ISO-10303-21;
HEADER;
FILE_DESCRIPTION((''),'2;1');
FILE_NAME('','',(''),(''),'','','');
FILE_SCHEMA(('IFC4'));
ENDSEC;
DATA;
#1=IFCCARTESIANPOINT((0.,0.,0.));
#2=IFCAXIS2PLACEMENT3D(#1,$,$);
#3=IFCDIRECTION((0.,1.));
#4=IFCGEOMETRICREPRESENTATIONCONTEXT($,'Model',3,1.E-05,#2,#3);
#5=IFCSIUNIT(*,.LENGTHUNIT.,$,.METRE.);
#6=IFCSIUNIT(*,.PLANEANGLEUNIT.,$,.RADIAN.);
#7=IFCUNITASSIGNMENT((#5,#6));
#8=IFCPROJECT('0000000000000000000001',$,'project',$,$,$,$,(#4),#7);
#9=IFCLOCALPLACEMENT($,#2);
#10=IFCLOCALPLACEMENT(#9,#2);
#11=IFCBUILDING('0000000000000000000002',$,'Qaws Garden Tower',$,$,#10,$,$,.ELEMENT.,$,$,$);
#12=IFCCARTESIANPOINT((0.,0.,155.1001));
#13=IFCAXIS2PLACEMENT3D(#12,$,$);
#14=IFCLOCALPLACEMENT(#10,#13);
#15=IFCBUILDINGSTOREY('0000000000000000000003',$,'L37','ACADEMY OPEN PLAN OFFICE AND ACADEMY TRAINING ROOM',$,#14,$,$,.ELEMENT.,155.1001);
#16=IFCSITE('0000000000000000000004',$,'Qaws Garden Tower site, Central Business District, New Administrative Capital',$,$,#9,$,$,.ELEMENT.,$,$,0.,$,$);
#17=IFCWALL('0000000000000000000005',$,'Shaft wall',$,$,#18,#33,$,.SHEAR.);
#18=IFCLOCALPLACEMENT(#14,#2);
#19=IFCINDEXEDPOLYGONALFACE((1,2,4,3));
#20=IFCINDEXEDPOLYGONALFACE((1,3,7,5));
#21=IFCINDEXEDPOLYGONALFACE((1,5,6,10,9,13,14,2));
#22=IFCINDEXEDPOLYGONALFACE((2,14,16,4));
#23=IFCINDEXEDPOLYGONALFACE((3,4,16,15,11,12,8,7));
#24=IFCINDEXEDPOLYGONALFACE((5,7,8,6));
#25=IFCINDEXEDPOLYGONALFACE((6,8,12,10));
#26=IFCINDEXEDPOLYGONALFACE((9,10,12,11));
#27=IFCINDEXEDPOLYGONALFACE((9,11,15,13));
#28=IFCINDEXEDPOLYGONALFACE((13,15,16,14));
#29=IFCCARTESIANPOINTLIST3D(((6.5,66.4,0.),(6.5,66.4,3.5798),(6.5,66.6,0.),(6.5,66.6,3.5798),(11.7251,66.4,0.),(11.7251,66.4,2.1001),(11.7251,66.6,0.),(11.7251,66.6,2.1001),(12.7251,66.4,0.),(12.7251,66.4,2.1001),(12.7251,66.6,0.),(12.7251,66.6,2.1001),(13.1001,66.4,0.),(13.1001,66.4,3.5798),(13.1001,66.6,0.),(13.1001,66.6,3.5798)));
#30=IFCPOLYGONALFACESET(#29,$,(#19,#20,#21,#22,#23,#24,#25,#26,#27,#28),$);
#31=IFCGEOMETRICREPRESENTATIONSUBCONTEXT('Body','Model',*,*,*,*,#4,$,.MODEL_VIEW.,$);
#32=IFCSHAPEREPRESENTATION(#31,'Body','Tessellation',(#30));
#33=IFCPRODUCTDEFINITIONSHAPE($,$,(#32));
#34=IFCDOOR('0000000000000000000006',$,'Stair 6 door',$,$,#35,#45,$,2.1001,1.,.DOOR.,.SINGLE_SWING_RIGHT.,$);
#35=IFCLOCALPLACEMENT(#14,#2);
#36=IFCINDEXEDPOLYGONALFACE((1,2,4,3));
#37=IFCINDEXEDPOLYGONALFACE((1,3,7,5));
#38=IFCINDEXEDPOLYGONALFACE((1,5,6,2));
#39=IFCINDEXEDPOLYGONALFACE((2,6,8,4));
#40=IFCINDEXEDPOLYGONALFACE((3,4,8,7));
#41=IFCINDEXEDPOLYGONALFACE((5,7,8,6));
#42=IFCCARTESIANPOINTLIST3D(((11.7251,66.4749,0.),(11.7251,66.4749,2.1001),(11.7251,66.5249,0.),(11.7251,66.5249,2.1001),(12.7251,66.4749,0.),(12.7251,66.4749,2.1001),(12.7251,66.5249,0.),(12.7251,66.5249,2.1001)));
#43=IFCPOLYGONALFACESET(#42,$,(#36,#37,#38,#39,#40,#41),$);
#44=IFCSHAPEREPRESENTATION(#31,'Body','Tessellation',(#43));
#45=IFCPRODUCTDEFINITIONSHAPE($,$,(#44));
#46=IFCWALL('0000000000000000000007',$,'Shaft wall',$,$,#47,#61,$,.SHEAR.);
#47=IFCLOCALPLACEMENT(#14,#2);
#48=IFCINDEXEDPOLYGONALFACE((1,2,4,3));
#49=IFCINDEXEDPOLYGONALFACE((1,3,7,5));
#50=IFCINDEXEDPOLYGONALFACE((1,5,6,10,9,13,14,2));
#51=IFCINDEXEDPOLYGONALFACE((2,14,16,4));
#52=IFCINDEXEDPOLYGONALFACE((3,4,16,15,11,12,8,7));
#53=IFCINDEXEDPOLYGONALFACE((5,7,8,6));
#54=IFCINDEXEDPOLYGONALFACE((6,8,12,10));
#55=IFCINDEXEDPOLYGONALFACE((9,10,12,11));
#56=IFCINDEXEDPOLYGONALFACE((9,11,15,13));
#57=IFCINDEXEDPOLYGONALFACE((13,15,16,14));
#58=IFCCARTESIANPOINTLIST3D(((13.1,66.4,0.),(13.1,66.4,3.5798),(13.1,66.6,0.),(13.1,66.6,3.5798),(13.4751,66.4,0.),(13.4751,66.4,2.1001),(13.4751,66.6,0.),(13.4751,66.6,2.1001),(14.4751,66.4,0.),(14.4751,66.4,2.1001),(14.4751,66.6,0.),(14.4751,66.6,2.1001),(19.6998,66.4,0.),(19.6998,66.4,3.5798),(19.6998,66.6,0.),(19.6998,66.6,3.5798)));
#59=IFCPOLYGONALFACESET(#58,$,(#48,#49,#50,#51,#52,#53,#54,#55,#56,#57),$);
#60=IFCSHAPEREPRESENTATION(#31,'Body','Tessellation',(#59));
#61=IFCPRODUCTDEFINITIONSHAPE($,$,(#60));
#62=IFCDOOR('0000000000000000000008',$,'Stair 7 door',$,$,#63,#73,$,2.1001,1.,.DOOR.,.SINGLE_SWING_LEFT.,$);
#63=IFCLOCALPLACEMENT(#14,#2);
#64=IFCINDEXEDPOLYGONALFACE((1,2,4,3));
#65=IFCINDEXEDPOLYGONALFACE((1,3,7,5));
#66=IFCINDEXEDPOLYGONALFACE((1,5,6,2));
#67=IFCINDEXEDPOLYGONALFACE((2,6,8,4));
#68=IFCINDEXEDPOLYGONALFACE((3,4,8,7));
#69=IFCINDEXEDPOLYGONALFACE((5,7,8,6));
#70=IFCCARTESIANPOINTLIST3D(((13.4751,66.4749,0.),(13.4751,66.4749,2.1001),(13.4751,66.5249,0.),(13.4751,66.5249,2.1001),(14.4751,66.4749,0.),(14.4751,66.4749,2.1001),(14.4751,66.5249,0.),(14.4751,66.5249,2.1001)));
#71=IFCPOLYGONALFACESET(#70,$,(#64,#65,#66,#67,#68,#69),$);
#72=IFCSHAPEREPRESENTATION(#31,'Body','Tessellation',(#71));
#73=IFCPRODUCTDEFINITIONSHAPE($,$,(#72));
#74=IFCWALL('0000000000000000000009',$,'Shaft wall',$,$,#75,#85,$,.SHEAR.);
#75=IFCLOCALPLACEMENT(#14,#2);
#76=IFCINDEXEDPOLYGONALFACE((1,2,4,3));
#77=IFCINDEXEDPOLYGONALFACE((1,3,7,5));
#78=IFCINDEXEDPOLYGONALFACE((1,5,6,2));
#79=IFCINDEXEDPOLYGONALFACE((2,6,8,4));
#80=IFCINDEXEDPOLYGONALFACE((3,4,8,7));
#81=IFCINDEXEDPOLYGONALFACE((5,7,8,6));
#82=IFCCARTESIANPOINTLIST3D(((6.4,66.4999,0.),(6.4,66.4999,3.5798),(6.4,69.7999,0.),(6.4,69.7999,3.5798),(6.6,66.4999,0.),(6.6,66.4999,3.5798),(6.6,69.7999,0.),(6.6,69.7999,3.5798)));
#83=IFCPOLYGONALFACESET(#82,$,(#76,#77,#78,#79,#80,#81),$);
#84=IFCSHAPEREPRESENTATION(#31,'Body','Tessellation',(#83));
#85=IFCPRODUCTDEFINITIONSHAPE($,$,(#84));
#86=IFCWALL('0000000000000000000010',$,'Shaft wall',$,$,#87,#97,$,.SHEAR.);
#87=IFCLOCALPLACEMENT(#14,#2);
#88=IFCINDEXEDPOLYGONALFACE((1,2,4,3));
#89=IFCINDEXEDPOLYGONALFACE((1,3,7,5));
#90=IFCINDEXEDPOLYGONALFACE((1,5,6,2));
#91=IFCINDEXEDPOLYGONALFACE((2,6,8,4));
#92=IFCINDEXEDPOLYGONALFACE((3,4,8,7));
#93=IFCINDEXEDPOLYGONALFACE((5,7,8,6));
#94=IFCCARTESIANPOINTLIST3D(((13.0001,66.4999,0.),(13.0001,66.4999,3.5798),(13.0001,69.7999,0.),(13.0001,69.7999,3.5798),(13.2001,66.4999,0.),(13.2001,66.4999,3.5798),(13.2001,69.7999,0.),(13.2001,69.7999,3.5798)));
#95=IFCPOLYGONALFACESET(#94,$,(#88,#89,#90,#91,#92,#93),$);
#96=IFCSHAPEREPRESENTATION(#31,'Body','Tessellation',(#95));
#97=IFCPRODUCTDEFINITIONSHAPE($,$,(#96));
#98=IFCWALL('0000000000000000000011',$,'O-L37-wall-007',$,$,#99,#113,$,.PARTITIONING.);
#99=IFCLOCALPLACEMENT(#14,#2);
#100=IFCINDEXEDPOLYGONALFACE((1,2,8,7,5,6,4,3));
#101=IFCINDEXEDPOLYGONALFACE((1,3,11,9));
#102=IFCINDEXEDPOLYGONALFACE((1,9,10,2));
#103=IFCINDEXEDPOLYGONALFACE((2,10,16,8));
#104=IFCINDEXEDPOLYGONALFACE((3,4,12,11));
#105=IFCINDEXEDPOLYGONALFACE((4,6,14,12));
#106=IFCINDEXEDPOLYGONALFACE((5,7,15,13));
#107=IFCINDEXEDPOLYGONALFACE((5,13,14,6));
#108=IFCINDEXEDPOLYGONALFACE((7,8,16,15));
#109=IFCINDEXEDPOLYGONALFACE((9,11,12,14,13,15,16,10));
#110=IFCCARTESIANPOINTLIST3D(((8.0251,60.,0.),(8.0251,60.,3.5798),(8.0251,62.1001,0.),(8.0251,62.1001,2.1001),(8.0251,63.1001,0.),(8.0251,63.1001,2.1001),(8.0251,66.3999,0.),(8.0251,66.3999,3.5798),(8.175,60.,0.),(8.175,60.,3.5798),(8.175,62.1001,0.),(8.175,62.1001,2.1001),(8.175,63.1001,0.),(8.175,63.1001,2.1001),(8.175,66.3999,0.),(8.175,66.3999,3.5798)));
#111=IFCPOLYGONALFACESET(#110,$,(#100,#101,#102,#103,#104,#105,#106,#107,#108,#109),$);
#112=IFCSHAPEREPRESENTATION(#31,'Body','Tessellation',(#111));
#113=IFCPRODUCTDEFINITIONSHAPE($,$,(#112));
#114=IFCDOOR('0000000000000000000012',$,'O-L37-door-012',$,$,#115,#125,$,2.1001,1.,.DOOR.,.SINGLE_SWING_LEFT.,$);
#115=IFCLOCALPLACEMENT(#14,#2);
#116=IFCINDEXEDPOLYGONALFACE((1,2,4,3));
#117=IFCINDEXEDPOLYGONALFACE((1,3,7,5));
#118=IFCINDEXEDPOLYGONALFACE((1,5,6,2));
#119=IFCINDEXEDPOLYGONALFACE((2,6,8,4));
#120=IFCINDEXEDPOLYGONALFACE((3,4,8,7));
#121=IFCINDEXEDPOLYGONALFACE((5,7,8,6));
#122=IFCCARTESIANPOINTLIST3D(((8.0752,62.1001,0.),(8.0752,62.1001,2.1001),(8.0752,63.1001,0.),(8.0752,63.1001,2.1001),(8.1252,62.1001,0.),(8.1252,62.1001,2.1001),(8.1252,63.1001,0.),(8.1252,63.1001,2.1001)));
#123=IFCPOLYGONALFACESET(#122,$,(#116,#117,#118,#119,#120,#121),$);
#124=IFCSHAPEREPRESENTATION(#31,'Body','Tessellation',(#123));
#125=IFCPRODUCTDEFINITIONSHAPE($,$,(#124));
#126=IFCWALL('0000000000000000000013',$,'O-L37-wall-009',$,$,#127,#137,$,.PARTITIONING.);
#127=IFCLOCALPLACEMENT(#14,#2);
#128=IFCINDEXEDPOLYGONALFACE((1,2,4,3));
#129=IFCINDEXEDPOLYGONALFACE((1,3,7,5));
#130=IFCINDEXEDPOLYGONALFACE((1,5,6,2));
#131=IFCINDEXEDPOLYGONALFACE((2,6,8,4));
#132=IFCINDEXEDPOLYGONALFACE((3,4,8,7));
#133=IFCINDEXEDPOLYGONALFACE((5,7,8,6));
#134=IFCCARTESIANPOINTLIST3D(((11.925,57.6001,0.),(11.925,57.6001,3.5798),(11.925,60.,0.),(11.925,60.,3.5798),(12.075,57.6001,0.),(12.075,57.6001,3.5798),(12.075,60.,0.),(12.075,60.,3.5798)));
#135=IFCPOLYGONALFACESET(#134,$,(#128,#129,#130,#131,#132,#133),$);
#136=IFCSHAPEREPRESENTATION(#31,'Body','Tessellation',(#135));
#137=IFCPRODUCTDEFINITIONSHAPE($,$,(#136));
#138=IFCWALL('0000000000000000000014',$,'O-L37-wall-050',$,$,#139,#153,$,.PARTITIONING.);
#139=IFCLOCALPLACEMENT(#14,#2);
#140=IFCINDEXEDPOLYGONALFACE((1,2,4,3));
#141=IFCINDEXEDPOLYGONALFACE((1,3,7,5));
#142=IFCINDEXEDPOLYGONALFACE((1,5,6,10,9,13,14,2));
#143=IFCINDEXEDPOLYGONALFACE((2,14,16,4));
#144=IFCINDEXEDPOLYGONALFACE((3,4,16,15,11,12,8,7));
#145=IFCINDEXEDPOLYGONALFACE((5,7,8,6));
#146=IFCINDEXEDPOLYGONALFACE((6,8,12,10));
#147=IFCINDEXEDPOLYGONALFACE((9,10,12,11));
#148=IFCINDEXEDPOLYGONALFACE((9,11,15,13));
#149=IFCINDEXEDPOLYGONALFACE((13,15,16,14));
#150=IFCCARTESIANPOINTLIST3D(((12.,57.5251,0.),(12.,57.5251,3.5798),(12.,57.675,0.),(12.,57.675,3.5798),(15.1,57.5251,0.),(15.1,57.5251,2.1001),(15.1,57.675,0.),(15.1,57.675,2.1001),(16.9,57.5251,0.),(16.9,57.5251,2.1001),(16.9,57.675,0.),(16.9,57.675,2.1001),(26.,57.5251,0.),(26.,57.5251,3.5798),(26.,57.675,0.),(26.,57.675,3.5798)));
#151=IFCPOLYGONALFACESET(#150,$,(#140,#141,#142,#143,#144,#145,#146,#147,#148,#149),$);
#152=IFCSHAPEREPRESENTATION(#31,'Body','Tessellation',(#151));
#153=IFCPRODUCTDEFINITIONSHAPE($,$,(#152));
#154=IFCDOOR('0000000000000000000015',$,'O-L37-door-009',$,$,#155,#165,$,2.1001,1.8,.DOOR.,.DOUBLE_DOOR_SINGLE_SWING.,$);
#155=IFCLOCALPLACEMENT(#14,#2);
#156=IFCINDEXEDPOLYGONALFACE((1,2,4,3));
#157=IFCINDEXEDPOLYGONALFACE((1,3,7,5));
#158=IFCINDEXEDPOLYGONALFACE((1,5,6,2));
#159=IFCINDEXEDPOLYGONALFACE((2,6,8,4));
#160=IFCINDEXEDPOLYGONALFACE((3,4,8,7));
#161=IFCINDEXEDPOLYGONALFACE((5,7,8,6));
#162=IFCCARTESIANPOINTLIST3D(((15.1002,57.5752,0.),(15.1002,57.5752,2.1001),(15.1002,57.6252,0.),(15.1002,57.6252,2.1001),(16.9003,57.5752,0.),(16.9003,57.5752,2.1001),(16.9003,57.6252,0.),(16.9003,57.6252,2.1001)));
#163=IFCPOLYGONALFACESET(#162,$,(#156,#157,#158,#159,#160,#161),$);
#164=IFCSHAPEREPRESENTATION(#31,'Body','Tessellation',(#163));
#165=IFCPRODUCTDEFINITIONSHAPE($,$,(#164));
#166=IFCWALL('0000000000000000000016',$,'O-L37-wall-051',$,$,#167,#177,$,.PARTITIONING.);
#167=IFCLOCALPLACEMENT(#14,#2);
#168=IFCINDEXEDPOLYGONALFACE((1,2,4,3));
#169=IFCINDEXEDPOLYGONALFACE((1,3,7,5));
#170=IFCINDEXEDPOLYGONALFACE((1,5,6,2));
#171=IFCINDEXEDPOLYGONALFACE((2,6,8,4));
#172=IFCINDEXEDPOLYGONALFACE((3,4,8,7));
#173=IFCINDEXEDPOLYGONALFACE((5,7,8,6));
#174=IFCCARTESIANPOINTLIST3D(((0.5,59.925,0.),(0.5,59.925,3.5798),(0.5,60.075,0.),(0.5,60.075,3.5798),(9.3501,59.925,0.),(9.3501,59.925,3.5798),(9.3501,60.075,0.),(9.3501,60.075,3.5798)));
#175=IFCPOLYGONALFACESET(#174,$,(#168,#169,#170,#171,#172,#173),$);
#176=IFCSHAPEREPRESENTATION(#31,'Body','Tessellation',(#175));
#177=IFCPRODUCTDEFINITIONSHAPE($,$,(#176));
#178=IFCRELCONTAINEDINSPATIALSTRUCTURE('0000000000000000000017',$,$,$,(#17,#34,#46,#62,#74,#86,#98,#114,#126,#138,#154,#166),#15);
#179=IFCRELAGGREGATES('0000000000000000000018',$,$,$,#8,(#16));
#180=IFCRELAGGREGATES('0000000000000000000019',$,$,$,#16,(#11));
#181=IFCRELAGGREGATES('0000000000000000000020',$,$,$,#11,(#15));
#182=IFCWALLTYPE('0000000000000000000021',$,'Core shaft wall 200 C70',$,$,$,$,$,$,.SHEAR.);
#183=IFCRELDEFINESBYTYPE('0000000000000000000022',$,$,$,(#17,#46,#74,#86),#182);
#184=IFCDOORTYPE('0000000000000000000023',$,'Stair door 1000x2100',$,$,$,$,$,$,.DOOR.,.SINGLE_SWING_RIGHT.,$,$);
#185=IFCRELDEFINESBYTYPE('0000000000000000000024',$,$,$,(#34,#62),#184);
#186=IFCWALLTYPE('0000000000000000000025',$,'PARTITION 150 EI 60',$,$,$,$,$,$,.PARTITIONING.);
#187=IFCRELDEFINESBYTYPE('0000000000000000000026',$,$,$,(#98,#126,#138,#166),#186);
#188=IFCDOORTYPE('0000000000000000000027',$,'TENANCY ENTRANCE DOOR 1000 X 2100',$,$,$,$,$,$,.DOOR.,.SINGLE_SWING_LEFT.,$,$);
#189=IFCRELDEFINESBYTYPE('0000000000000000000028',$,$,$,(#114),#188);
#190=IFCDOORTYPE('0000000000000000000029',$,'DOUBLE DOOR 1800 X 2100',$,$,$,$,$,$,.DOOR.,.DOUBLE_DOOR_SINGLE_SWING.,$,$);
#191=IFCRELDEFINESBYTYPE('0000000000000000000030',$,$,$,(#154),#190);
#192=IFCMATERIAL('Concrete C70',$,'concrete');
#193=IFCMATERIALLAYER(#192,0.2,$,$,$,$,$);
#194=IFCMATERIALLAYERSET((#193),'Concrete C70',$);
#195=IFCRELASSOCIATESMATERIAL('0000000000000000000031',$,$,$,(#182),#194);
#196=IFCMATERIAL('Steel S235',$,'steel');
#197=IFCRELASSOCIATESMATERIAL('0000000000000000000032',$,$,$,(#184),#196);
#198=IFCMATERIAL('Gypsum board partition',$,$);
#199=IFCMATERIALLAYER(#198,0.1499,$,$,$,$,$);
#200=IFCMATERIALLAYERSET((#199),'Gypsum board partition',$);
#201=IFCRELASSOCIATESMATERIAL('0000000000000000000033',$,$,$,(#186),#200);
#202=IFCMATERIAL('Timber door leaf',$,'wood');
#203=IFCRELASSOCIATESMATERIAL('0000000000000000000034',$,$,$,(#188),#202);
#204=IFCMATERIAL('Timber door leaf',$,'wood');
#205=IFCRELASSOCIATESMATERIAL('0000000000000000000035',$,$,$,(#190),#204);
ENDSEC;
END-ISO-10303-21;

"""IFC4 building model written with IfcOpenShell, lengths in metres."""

from ifc_helpers import new_model, si_unit, direction, frame, frame_2d, origin, place, context, subcontext, project, spatial, rectangle, extrude, material, layer, layer_set, type_object, element, fill, save


model = new_model("IFC4")

# Units and contexts
model_context = context("Model", 3, precision=1e-05, world=origin(), true_north=direction((0.0, 1.0)))
body_context = subcontext(model_context, "Body", "Model", "MODEL_VIEW")
ifc_project = project(units=[si_unit("LENGTHUNIT", "METRE"), si_unit("PLANEANGLEUNIT", "RADIAN")], contexts=[model_context])

# Site, building, storey
site_placement = place(None, origin())
site = spatial("IfcSite", under=ifc_project, at=site_placement, Name="Qaws Garden Tower site, Central Business District, New Administrative Capital", CompositionType="ELEMENT", RefElevation=0.0)
building_placement = place(site_placement, origin())
building = spatial("IfcBuilding", under=site, at=building_placement, Name="Qaws Garden Tower", CompositionType="ELEMENT")
storey_placement = place(building_placement, frame((0.0, 0.0, 155.1001)))
storey = spatial("IfcBuildingStorey", under=building, at=storey_placement, Name="L37", Description="ACADEMY OPEN PLAN OFFICE AND ACADEMY TRAINING ROOM", CompositionType="ELEMENT", Elevation=155.1001)

# Walls, openings, doors
ifc_material_1 = material(Name="Concrete C70", Category="concrete")
ifc_layer_1 = layer(ifc_material_1, 0.2)
ifc_layer_set_1 = layer_set([ifc_layer_1], Name="Concrete C70")
wall_type_1 = type_object("IfcWallType", Name="Core shaft wall 200 C70", PredefinedType="SHEAR", material=ifc_layer_set_1)
wall_1_placement = place(storey_placement, frame((6.5, 66.5, 0.0), z_axis=(0.0, 0.0, 1.0), x_axis=(1.0, 0.0, 0.0)))
wall_1 = element("IfcWall", 1, at=wall_1_placement, inside=storey, type_object=wall_type_1, Name="Shaft wall", PredefinedType="SHEAR", context=body_context, shape_type="SweptSolid", body=[
    extrude(rectangle(XDim=6.6001, YDim=0.2, at=frame_2d((3.3, 0.0))), origin(), (0.0, 0.0, 1.0), 3.5798),
])
opening_1_placement = place(wall_1_placement, frame((5.2251, 0.0, 0.0)))
opening_1 = element("IfcOpeningElement", 2, at=opening_1_placement, cuts=wall_1, PredefinedType="OPENING", context=body_context, shape_type="SweptSolid", body=[
    extrude(rectangle(XDim=1.0, YDim=2.1001, at=frame_2d((0.5, 1.05))), frame((0.0, 0.1099, 0.0), z_axis=(0.0, -1.0, 0.0), x_axis=(1.0, 0.0, 0.0)), (0.0, 0.0, 1.0), 0.22),
])
ifc_material_2 = material(Name="Steel S235", Category="steel")
door_type_1 = type_object("IfcDoorType", Name="Stair door 1000x2100", OperationType="SINGLE_SWING_RIGHT", PredefinedType="DOOR", material=ifc_material_2)
door_1_placement = place(opening_1_placement, origin())
door_1 = element("IfcDoor", 3, at=door_1_placement, inside=storey, type_object=door_type_1, Name="Stair 6 door", OperationType="SINGLE_SWING_RIGHT", OverallHeight=2.1001, OverallWidth=1.0, PredefinedType="DOOR", context=body_context, shape_type="SweptSolid", body=[
    extrude(rectangle(XDim=1.0, YDim=2.1001, at=frame_2d((0.5, 1.05))), frame((0.0, 0.0249, 0.0), z_axis=(0.0, -1.0, 0.0), x_axis=(1.0, 0.0, 0.0)), (0.0, 0.0, 1.0), 0.05),
])
fill(opening_1, door_1)
wall_2_placement = place(storey_placement, frame((13.1001, 66.5, 0.0), z_axis=(0.0, 0.0, 1.0), x_axis=(1.0, 0.0, 0.0)))
wall_2 = element("IfcWall", 4, at=wall_2_placement, inside=storey, type_object=wall_type_1, Name="Shaft wall", PredefinedType="SHEAR", context=body_context, shape_type="SweptSolid", body=[
    extrude(rectangle(XDim=6.5999, YDim=0.2, at=frame_2d((3.2998, 0.0))), origin(), (0.0, 0.0, 1.0), 3.5798),
])
opening_2_placement = place(wall_2_placement, frame((0.375, 0.0, 0.0)))
opening_2 = element("IfcOpeningElement", 5, at=opening_2_placement, cuts=wall_2, PredefinedType="OPENING", context=body_context, shape_type="SweptSolid", body=[
    extrude(rectangle(XDim=1.0, YDim=2.1001, at=frame_2d((0.5, 1.05))), frame((0.0, 0.1099, 0.0), z_axis=(0.0, -1.0, 0.0), x_axis=(1.0, 0.0, 0.0)), (0.0, 0.0, 1.0), 0.22),
])
door_2_placement = place(opening_2_placement, origin())
door_2 = element("IfcDoor", 6, at=door_2_placement, inside=storey, type_object=door_type_1, Name="Stair 7 door", OperationType="SINGLE_SWING_LEFT", OverallHeight=2.1001, OverallWidth=1.0, PredefinedType="DOOR", context=body_context, shape_type="SweptSolid", body=[
    extrude(rectangle(XDim=1.0, YDim=2.1001, at=frame_2d((0.5, 1.05))), frame((0.0, 0.0249, 0.0), z_axis=(0.0, -1.0, 0.0), x_axis=(1.0, 0.0, 0.0)), (0.0, 0.0, 1.0), 0.05),
])
fill(opening_2, door_2)

# Walls
for number, where, z_axis, x_axis, name in (
    (7, (6.5, 66.5, 0.0), (0.0, 0.0, 1.0), (0.0, 1.0, 0.0), "Shaft wall"),
    (8, (13.1001, 66.5, 0.0), (0.0, 0.0, 1.0), (0.0, 1.0, 0.0), "Shaft wall"),
):
    element("IfcWall", number, at=place(storey_placement, frame(where, z_axis=z_axis, x_axis=x_axis)), inside=storey, type_object=wall_type_1, Name=name, PredefinedType="SHEAR", context=body_context, shape_type="SweptSolid", body=[
        extrude(rectangle(XDim=3.3, YDim=0.2, at=frame_2d((1.6499, 0.0))), origin(), (0.0, 0.0, 1.0), 3.5798),
    ])

# Wall, opening, door
ifc_material_3 = material(Name="Gypsum board partition")
ifc_layer_2 = layer(ifc_material_3, 0.1499)
ifc_layer_set_2 = layer_set([ifc_layer_2], Name="Gypsum board partition")
wall_type_2 = type_object("IfcWallType", Name="PARTITION 150 EI 60", PredefinedType="PARTITIONING", material=ifc_layer_set_2)
wall_3_placement = place(storey_placement, frame((8.1001, 60.0, 0.0), z_axis=(0.0, 0.0, 1.0), x_axis=(0.0, 1.0, 0.0)))
wall_3 = element("IfcWall", 9, at=wall_3_placement, inside=storey, type_object=wall_type_2, Name="O-L37-wall-007", PredefinedType="PARTITIONING", context=body_context, shape_type="SweptSolid", body=[
    extrude(rectangle(XDim=6.3999, YDim=0.1499, at=frame_2d((3.2, 0.0))), origin(), (0.0, 0.0, 1.0), 3.5798),
])
opening_3_placement = place(wall_3_placement, frame((2.1001, 0.0, 0.0)))
opening_3 = element("IfcOpeningElement", 10, at=opening_3_placement, cuts=wall_3, PredefinedType="OPENING", context=body_context, shape_type="SweptSolid", body=[
    extrude(rectangle(XDim=1.0, YDim=2.1001, at=frame_2d((0.5, 1.05))), frame((0.0, 0.085, 0.0), z_axis=(0.0, -1.0, 0.0), x_axis=(1.0, 0.0, 0.0)), (0.0, 0.0, 1.0), 0.1699),
])
ifc_material_4 = material(Name="Timber door leaf", Category="wood")
door_type_2 = type_object("IfcDoorType", Name="TENANCY ENTRANCE DOOR 1000 X 2100", OperationType="SINGLE_SWING_LEFT", PredefinedType="DOOR", material=ifc_material_4)
door_3_placement = place(opening_3_placement, origin())
door_3 = element("IfcDoor", 11, at=door_3_placement, inside=storey, type_object=door_type_2, Name="O-L37-door-012", OperationType="SINGLE_SWING_LEFT", OverallHeight=2.1001, OverallWidth=1.0, PredefinedType="DOOR", context=body_context, shape_type="SweptSolid", body=[
    extrude(rectangle(XDim=1.0, YDim=2.1001, at=frame_2d((0.5, 1.05))), frame((0.0, 0.0249, 0.0), z_axis=(0.0, -1.0, 0.0), x_axis=(1.0, 0.0, 0.0)), (0.0, 0.0, 1.0), 0.05),
])
fill(opening_3, door_3)

# Wall
wall_4_placement = place(storey_placement, frame((12.0, 57.6001, 0.0), z_axis=(0.0, 0.0, 1.0), x_axis=(0.0, 1.0, 0.0)))
element("IfcWall", 12, at=wall_4_placement, inside=storey, type_object=wall_type_2, Name="O-L37-wall-009", PredefinedType="PARTITIONING", context=body_context, shape_type="SweptSolid", body=[
    extrude(rectangle(XDim=2.3999, YDim=0.1499, at=frame_2d((1.2, 0.0))), origin(), (0.0, 0.0, 1.0), 3.5798),
])

# Wall, opening, door
wall_5_placement = place(storey_placement, frame((12.0, 57.6001, 0.0), z_axis=(0.0, 0.0, 1.0), x_axis=(1.0, 0.0, 0.0)))
wall_5 = element("IfcWall", 13, at=wall_5_placement, inside=storey, type_object=wall_type_2, Name="O-L37-wall-050", PredefinedType="PARTITIONING", context=body_context, shape_type="SweptSolid", body=[
    extrude(rectangle(XDim=14.0, YDim=0.1499, at=frame_2d((7.0, 0.0))), origin(), (0.0, 0.0, 1.0), 3.5798),
])
opening_4_placement = place(wall_5_placement, frame((3.1001, 0.0, 0.0)))
opening_4 = element("IfcOpeningElement", 14, at=opening_4_placement, cuts=wall_5, PredefinedType="OPENING", context=body_context, shape_type="SweptSolid", body=[
    extrude(rectangle(XDim=1.8, YDim=2.1001, at=frame_2d((0.8999, 1.05))), frame((0.0, 0.085, 0.0), z_axis=(0.0, -1.0, 0.0), x_axis=(1.0, 0.0, 0.0)), (0.0, 0.0, 1.0), 0.1699),
])
ifc_material_5 = material(Name="Timber door leaf", Category="wood")
door_type_3 = type_object("IfcDoorType", Name="DOUBLE DOOR 1800 X 2100", OperationType="DOUBLE_DOOR_SINGLE_SWING", PredefinedType="DOOR", material=ifc_material_5)
door_4_placement = place(opening_4_placement, frame((1.8, 0.0, 0.0), z_axis=(0.0, 0.0, 1.0), x_axis=(-1.0, 0.0, 0.0)))
door_4 = element("IfcDoor", 15, at=door_4_placement, inside=storey, type_object=door_type_3, Name="O-L37-door-009", OperationType="DOUBLE_DOOR_SINGLE_SWING", OverallHeight=2.1001, OverallWidth=1.8, PredefinedType="DOOR", context=body_context, shape_type="SweptSolid", body=[
    extrude(rectangle(XDim=1.8, YDim=2.1001, at=frame_2d((0.8999, 1.05))), frame((0.0, 0.0249, 0.0), z_axis=(0.0, -1.0, 0.0), x_axis=(1.0, 0.0, 0.0)), (0.0, 0.0, 1.0), 0.05),
])
fill(opening_4, door_4)

# Wall
wall_6_placement = place(storey_placement, frame((0.5, 60.0, 0.0), z_axis=(0.0, 0.0, 1.0), x_axis=(1.0, 0.0, 0.0)))
element("IfcWall", 16, at=wall_6_placement, inside=storey, type_object=wall_type_2, Name="O-L37-wall-051", PredefinedType="PARTITIONING", context=body_context, shape_type="SweptSolid", body=[
    extrude(rectangle(XDim=8.8501, YDim=0.1499, at=frame_2d((4.425, 0.0))), origin(), (0.0, 0.0, 1.0), 3.5798),
])

save(model, "model.ifc")
